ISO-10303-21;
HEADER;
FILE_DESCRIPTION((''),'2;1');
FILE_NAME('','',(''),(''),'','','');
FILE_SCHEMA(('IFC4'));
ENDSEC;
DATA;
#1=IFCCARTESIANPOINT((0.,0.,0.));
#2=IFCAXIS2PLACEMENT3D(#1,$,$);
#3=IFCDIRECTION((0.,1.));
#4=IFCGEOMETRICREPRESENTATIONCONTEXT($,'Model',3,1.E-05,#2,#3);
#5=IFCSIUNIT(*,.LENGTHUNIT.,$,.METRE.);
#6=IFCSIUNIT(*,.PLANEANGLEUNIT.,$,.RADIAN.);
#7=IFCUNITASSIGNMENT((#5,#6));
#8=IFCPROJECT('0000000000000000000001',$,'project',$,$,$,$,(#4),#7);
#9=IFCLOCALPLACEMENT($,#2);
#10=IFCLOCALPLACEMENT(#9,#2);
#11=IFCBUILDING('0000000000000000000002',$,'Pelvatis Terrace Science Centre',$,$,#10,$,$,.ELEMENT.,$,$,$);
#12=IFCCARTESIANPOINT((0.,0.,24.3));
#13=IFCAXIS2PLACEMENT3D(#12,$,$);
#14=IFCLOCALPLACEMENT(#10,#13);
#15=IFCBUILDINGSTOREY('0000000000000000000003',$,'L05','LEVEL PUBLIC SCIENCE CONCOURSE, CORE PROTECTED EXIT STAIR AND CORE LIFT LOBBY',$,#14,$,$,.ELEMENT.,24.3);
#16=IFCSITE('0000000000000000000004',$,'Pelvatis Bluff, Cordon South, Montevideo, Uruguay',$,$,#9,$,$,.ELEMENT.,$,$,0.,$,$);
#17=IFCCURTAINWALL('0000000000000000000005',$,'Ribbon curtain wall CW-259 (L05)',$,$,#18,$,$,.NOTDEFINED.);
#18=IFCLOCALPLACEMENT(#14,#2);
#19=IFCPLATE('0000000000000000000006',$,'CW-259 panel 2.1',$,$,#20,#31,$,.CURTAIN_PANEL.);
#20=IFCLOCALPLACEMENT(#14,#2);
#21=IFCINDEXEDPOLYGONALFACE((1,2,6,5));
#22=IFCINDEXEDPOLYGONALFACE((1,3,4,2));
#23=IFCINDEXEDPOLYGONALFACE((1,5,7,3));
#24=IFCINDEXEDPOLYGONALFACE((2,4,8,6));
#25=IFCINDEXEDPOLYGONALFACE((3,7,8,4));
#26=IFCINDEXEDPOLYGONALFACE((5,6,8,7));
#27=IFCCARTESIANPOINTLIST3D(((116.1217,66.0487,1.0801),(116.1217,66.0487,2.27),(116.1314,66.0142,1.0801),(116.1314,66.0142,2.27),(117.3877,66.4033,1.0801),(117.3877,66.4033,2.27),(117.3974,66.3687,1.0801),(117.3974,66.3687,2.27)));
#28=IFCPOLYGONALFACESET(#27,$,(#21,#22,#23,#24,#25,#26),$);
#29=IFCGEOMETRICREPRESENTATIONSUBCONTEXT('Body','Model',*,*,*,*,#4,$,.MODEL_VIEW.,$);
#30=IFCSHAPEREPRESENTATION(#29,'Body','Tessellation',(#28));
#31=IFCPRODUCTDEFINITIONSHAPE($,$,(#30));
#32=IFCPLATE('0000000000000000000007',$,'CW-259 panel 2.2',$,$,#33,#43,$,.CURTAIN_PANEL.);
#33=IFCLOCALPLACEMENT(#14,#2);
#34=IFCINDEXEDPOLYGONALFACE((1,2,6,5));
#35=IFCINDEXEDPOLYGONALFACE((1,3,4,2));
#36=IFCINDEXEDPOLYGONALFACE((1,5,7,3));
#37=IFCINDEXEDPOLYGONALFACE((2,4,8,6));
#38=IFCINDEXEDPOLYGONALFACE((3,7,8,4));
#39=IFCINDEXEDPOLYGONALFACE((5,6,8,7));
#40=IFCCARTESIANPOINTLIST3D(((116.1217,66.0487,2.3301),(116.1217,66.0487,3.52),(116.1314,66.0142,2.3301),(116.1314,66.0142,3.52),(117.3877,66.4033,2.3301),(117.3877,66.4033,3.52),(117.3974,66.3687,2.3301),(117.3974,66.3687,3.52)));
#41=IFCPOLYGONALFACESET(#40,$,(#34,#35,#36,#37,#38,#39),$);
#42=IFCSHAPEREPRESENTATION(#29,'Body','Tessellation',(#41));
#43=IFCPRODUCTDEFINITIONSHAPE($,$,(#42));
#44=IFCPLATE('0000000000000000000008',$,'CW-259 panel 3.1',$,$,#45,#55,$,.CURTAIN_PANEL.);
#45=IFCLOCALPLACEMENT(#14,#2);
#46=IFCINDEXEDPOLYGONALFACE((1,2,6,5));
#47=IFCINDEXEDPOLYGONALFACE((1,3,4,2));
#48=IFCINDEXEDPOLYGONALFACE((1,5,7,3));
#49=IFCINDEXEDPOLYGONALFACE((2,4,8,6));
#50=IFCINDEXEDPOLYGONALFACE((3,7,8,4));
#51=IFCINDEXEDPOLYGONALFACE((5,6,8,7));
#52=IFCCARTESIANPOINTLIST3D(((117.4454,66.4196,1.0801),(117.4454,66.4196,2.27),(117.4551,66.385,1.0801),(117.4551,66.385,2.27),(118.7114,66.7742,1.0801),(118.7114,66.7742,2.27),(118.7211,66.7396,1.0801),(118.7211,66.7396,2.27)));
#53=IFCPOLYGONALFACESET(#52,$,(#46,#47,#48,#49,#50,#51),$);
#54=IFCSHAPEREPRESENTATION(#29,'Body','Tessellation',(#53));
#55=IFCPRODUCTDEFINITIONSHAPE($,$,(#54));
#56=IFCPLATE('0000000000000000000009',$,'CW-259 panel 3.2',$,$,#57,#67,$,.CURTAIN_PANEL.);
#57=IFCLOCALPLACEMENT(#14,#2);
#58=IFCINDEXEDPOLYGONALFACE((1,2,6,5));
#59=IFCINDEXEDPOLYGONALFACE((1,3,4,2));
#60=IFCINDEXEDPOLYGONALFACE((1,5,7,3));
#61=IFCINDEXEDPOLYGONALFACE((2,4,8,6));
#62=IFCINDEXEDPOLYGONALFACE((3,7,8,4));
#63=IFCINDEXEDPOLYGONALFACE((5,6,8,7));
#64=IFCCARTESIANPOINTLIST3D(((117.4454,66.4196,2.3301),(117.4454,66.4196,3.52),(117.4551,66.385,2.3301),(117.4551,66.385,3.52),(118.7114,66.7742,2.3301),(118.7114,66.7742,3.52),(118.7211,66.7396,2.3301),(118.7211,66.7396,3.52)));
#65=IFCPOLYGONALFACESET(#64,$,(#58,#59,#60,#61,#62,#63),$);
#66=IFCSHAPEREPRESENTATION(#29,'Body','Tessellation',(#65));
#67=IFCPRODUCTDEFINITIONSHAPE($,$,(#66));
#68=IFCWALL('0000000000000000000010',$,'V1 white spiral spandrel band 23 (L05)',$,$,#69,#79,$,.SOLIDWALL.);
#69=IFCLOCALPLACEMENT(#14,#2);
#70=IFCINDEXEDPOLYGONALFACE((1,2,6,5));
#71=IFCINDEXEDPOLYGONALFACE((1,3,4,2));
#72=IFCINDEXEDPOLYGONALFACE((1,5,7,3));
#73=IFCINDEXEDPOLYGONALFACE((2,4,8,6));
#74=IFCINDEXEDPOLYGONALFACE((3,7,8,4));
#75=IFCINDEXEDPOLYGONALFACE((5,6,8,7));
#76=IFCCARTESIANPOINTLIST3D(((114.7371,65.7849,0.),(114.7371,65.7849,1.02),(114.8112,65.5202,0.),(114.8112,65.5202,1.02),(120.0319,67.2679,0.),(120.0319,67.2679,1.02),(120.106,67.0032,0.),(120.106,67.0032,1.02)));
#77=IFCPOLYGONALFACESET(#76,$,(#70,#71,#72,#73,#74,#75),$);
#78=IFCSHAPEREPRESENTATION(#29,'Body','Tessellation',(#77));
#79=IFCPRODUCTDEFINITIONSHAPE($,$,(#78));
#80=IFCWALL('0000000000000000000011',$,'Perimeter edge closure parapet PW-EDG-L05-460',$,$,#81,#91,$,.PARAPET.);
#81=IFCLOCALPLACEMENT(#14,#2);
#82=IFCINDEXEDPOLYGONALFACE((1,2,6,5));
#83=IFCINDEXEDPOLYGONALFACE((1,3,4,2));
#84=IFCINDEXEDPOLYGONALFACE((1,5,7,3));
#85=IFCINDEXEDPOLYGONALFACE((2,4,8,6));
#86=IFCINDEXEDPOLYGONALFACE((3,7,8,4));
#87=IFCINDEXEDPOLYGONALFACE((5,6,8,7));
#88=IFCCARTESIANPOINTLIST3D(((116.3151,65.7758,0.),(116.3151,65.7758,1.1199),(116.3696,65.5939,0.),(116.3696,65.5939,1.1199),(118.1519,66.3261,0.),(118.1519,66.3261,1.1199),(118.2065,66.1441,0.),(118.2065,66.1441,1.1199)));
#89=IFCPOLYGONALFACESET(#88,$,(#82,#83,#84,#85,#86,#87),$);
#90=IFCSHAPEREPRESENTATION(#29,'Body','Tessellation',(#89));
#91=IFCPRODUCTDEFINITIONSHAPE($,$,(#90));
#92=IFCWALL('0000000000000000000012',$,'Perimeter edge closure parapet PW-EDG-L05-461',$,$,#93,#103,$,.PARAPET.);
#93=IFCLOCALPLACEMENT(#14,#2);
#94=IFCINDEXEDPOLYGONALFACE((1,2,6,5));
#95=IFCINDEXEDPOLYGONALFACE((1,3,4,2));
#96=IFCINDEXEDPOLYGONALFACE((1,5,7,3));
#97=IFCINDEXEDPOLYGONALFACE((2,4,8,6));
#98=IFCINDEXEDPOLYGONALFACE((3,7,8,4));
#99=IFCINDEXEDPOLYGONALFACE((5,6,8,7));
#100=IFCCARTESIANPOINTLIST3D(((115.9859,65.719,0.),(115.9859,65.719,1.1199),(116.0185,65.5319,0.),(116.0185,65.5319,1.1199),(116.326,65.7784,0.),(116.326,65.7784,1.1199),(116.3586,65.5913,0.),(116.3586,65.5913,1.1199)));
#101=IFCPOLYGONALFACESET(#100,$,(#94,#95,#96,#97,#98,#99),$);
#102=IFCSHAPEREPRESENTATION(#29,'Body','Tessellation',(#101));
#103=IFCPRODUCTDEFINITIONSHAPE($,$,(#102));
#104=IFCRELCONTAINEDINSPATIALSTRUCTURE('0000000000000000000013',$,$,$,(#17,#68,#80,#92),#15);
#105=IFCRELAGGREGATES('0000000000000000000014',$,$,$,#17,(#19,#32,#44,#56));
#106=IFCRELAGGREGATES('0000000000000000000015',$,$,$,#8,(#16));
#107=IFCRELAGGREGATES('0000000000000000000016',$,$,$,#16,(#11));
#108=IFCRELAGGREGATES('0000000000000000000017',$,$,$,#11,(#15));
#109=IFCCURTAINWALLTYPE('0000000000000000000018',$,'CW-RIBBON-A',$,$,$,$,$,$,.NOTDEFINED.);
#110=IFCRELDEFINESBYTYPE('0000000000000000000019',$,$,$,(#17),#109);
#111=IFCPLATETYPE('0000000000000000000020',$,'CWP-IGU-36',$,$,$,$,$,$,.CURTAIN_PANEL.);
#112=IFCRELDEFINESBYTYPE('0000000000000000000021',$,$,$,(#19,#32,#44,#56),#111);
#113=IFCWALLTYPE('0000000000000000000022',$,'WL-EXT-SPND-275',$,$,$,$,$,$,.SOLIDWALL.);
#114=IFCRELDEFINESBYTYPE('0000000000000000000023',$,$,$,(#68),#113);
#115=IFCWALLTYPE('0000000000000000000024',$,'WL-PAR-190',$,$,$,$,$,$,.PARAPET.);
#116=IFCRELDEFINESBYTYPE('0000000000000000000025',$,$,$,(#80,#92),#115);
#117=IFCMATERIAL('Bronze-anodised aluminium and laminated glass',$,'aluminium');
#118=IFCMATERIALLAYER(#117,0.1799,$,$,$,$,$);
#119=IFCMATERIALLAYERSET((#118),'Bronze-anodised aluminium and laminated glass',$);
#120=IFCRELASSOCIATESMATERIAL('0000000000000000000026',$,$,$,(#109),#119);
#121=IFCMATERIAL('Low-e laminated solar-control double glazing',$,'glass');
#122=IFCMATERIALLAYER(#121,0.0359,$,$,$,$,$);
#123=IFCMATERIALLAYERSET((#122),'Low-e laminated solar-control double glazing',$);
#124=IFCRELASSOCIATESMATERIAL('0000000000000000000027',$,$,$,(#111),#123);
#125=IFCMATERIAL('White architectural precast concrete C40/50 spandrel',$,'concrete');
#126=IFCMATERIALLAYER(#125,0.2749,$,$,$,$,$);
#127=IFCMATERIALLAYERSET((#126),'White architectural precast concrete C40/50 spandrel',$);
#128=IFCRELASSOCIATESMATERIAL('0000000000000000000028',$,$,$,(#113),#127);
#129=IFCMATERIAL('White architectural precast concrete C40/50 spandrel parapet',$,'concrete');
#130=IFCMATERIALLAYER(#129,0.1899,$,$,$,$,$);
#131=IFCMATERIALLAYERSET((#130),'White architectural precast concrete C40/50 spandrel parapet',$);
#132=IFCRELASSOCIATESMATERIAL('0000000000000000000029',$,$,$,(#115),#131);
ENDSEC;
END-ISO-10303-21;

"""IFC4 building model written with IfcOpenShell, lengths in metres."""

from ifc_helpers import new_model, si_unit, direction, frame, frame_2d, origin, origin_2d, place, context, subcontext, project, spatial, rectangle, extrude, material, layer, layer_set, type_object, element, aggregate, save


model = new_model("IFC4")

# Units and contexts
model_context = context("Model", 3, precision=1e-05, world=origin(), true_north=direction((0.0, 1.0)))
body_context = subcontext(model_context, "Body", "Model", "MODEL_VIEW")
ifc_project = project(units=[si_unit("LENGTHUNIT", "METRE"), si_unit("PLANEANGLEUNIT", "RADIAN")], contexts=[model_context])

# Site, building, storey
site_placement = place(None, origin())
site = spatial("IfcSite", under=ifc_project, at=site_placement, Name="Pelvatis Bluff, Cordon South, Montevideo, Uruguay", CompositionType="ELEMENT", RefElevation=0.0)
building_placement = place(site_placement, origin())
building = spatial("IfcBuilding", under=site, at=building_placement, Name="Pelvatis Terrace Science Centre", CompositionType="ELEMENT")
storey_placement = place(building_placement, frame((0.0, 0.0, 24.3)))
storey = spatial("IfcBuildingStorey", under=building, at=storey_placement, Name="L05", Description="LEVEL PUBLIC SCIENCE CONCOURSE, CORE PROTECTED EXIT STAIR AND CORE LIFT LOBBY", CompositionType="ELEMENT", Elevation=24.3)

# Shared definitions
ifc_material_1 = material(Name="Bronze-anodised aluminium and laminated glass", Category="aluminium")
ifc_layer_1 = layer(ifc_material_1, 0.1799)
ifc_layer_set_1 = layer_set([ifc_layer_1], Name="Bronze-anodised aluminium and laminated glass")
curtain_wall_type = type_object("IfcCurtainWallType", Name="CW-RIBBON-A", PredefinedType="NOTDEFINED", material=ifc_layer_set_1)

# Curtain wall
curtain_wall_1_placement = place(storey_placement, origin())
curtain_wall_1 = element("IfcCurtainWall", 1, at=curtain_wall_1_placement, inside=storey, type_object=curtain_wall_type, Name="Ribbon curtain wall CW-259 (L05)", PredefinedType="NOTDEFINED")

# Plates
ifc_material_2 = material(Name="Low-e laminated solar-control double glazing", Category="glass")
ifc_layer_2 = layer(ifc_material_2, 0.0359)
ifc_layer_set_2 = layer_set([ifc_layer_2], Name="Low-e laminated solar-control double glazing")
plate_type = type_object("IfcPlateType", Name="CWP-IGU-36", PredefinedType="CURTAIN_PANEL", material=ifc_layer_set_2)
plate_1_placement = place(storey_placement, frame((116.7595, 66.2087, 1.0801), z_axis=(0.0, 0.0, 1.0), x_axis=(0.962946, 0.269695, 0.0)))
plate_1 = element("IfcPlate", 2, at=plate_1_placement, type_object=plate_type, Name="CW-259 panel 2.1", PredefinedType="CURTAIN_PANEL", context=body_context, shape_type="SweptSolid", body=[
    extrude(rectangle(XDim=1.3147, YDim=0.0359, at=origin_2d()), origin(), (0.0, 0.0, 1.0), 1.1899),
])
plate_2_placement = place(storey_placement, frame((116.7595, 66.2087, 2.3301), z_axis=(0.0, 0.0, 1.0), x_axis=(0.962946, 0.269695, 0.0)))
plate_2 = element("IfcPlate", 3, at=plate_2_placement, type_object=plate_type, Name="CW-259 panel 2.2", PredefinedType="CURTAIN_PANEL", context=body_context, shape_type="SweptSolid", body=[
    extrude(rectangle(XDim=1.3147, YDim=0.0359, at=origin_2d()), origin(), (0.0, 0.0, 1.0), 1.1899),
])
plate_3_placement = place(storey_placement, frame((118.0833, 66.5796, 1.0801), z_axis=(0.0, 0.0, 1.0), x_axis=(0.962946, 0.269695, 0.0)))
plate_3 = element("IfcPlate", 4, at=plate_3_placement, type_object=plate_type, Name="CW-259 panel 3.1", PredefinedType="CURTAIN_PANEL", context=body_context, shape_type="SweptSolid", body=[
    extrude(rectangle(XDim=1.3147, YDim=0.0359, at=origin_2d()), origin(), (0.0, 0.0, 1.0), 1.1899),
])
plate_4_placement = place(storey_placement, frame((118.0833, 66.5796, 2.3301), z_axis=(0.0, 0.0, 1.0), x_axis=(0.962946, 0.269695, 0.0)))
plate_4 = element("IfcPlate", 5, at=plate_4_placement, type_object=plate_type, Name="CW-259 panel 3.2", PredefinedType="CURTAIN_PANEL", context=body_context, shape_type="SweptSolid", body=[
    extrude(rectangle(XDim=1.3147, YDim=0.0359, at=origin_2d()), origin(), (0.0, 0.0, 1.0), 1.1899),
])
aggregate(curtain_wall_1, [plate_1, plate_2, plate_3, plate_4])

# Walls
ifc_material_3 = material(Name="White architectural precast concrete C40/50 spandrel", Category="concrete")
ifc_layer_3 = layer(ifc_material_3, 0.2749)
ifc_layer_set_3 = layer_set([ifc_layer_3], Name="White architectural precast concrete C40/50 spandrel")
wall_type_1 = type_object("IfcWallType", Name="WL-EXT-SPND-275", PredefinedType="SOLIDWALL", material=ifc_layer_set_3)
wall_1_placement = place(storey_placement, frame((114.7742, 65.6526, 0.0), z_axis=(0.0, 0.0, 1.0), x_axis=(0.962945, 0.269697, 0.0)))
element("IfcWall", 6, at=wall_1_placement, inside=storey, type_object=wall_type_1, Name="V1 white spiral spandrel band 23 (L05)", PredefinedType="SOLIDWALL", context=body_context, shape_type="SweptSolid", body=[
    extrude(rectangle(XDim=5.4985, YDim=0.2749, at=frame_2d((2.7493, 0.0))), origin(), (0.0, 0.0, 1.0), 1.02),
])
ifc_material_4 = material(Name="White architectural precast concrete C40/50 spandrel parapet", Category="concrete")
ifc_layer_4 = layer(ifc_material_4, 0.1899)
ifc_layer_set_4 = layer_set([ifc_layer_4], Name="White architectural precast concrete C40/50 spandrel parapet")
wall_type_2 = type_object("IfcWallType", Name="WL-PAR-190", PredefinedType="PARAPET", material=ifc_layer_set_4)
wall_2_placement = place(storey_placement, frame((118.1792, 66.2351, 0.0), z_axis=(0.0, 0.0, 1.0), x_axis=(-0.957938, -0.286974, 0.0)))
element("IfcWall", 7, at=wall_2_placement, inside=storey, type_object=wall_type_2, Name="Perimeter edge closure parapet PW-EDG-L05-460", PredefinedType="PARAPET", context=body_context, shape_type="SweptSolid", body=[
    extrude(rectangle(XDim=1.9175, YDim=0.1899, at=frame_2d((0.9587, 0.0))), origin(), (0.0, 0.0, 1.0), 1.1199),
])
wall_3_placement = place(storey_placement, frame((116.3423, 65.6848, 0.0), z_axis=(0.0, 0.0, 1.0), x_axis=(-0.985123, -0.171849, 0.0)))
element("IfcWall", 8, at=wall_3_placement, inside=storey, type_object=wall_type_2, Name="Perimeter edge closure parapet PW-EDG-L05-461", PredefinedType="PARAPET", context=body_context, shape_type="SweptSolid", body=[
    extrude(rectangle(XDim=0.3452, YDim=0.1899, at=frame_2d((0.1726, 0.0))), origin(), (0.0, 0.0, 1.0), 1.1199),
])

save(model, "model.ifc")
